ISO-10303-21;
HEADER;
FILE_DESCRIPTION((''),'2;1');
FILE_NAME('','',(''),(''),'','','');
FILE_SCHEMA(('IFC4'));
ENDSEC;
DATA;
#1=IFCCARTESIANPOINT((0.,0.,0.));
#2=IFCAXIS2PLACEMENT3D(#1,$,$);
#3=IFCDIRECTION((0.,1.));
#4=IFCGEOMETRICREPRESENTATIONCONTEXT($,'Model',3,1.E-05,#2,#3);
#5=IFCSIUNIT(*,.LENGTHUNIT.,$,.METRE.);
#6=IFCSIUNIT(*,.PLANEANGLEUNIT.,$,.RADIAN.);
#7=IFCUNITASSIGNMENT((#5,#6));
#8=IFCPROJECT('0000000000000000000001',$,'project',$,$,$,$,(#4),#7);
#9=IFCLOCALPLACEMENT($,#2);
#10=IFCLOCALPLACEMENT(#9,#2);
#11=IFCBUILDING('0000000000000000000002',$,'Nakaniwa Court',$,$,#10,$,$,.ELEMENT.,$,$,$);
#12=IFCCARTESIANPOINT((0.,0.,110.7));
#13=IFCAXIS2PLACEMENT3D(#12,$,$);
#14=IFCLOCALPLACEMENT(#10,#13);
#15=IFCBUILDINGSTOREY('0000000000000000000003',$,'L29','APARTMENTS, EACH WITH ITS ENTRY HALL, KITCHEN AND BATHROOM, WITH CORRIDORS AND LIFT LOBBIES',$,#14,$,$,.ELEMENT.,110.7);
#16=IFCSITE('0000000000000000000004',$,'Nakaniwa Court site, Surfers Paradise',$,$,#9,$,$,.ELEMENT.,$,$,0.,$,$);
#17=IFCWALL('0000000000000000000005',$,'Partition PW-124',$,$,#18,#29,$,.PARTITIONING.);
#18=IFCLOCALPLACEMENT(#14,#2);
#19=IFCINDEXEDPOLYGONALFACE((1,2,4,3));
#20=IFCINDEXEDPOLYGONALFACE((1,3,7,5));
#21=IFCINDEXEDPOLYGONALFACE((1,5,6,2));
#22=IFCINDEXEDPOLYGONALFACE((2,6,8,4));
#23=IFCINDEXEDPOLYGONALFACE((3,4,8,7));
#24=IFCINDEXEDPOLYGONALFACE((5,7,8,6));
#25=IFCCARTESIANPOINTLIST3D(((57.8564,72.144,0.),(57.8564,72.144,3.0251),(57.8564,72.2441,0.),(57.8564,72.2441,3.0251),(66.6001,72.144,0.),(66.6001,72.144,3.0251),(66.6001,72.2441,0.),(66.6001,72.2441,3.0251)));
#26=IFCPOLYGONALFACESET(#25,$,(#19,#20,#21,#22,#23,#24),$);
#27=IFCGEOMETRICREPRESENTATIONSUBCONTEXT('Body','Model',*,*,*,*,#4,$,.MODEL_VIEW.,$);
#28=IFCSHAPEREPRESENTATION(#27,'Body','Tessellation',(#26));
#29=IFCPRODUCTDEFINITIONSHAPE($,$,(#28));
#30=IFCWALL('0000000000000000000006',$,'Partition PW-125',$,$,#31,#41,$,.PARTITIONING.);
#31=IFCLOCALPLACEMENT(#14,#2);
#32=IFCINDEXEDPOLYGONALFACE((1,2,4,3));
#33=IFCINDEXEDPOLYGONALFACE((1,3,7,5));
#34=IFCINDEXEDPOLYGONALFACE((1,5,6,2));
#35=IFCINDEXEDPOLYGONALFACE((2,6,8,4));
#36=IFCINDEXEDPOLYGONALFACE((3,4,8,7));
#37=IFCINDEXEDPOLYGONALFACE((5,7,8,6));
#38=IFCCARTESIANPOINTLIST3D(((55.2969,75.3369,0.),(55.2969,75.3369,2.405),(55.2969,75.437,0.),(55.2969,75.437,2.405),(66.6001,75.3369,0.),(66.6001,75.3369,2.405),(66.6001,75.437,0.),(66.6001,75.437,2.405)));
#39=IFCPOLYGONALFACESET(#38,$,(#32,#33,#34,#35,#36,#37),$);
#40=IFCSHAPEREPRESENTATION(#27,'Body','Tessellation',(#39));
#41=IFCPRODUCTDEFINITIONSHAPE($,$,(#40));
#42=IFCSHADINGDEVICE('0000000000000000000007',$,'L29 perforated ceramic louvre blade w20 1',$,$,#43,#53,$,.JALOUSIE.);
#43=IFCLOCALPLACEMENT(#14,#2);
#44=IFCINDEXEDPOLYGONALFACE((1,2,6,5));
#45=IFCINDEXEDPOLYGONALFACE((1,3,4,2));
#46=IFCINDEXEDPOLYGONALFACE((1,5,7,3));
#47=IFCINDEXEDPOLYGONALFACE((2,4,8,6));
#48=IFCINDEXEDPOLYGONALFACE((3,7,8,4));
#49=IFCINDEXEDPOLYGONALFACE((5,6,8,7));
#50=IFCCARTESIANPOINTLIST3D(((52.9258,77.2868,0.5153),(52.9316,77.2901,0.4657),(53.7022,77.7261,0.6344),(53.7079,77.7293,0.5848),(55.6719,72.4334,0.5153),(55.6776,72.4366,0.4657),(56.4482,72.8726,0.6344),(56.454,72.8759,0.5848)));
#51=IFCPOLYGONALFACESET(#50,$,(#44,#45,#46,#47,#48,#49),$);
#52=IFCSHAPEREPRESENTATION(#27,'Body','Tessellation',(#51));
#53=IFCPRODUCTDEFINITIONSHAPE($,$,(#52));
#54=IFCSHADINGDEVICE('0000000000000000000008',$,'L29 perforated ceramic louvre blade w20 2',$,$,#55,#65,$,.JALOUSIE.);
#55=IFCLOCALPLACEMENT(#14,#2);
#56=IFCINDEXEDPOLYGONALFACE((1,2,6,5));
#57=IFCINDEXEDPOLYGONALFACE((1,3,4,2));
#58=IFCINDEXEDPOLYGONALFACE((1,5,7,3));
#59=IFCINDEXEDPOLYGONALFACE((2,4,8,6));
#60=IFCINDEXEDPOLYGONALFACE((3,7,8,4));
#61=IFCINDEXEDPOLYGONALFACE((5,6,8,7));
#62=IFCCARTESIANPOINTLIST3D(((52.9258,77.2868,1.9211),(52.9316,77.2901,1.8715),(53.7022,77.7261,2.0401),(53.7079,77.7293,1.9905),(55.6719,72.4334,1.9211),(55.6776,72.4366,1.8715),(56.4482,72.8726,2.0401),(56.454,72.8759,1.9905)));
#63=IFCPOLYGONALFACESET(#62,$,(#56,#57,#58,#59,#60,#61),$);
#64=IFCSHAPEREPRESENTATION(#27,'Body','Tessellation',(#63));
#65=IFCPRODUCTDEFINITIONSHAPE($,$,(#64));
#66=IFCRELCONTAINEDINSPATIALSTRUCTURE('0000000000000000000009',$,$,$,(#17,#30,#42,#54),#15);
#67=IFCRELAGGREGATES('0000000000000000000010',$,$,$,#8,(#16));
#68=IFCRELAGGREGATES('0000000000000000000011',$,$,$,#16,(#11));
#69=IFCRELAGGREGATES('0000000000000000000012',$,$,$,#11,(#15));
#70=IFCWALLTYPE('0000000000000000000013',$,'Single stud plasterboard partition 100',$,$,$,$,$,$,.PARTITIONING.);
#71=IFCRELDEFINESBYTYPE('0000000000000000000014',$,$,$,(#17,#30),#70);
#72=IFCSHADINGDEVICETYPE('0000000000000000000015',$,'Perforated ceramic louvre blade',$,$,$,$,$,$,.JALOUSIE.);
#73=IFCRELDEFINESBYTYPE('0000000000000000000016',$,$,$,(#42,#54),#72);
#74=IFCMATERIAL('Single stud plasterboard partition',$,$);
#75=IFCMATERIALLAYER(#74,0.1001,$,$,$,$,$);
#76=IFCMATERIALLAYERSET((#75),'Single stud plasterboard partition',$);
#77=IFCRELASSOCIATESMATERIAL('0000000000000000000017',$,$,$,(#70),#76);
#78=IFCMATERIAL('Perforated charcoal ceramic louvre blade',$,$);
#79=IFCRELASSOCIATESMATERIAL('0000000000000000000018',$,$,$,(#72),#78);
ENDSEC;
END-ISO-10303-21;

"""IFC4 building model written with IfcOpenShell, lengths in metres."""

from ifc_helpers import new_model, si_unit, direction, frame, frame_2d, origin, origin_2d, place, context, subcontext, project, spatial, rectangle, extrude, material, layer, layer_set, material_profile, profile_set, type_object, element, save


model = new_model("IFC4")

# Units and contexts
model_context = context("Model", 3, precision=1e-05, world=origin(), true_north=direction((0.0, 1.0)))
body_context = subcontext(model_context, "Body", "Model", "MODEL_VIEW")
ifc_project = project(units=[si_unit("LENGTHUNIT", "METRE"), si_unit("PLANEANGLEUNIT", "RADIAN")], contexts=[model_context])

# Site, building, storey
site_placement = place(None, origin())
site = spatial("IfcSite", under=ifc_project, at=site_placement, Name="Nakaniwa Court site, Surfers Paradise", CompositionType="ELEMENT", RefElevation=0.0)
building_placement = place(site_placement, origin())
building = spatial("IfcBuilding", under=site, at=building_placement, Name="Nakaniwa Court", CompositionType="ELEMENT")
storey_placement = place(building_placement, frame((0.0, 0.0, 110.7)))
storey = spatial("IfcBuildingStorey", under=building, at=storey_placement, Name="L29", Description="APARTMENTS, EACH WITH ITS ENTRY HALL, KITCHEN AND BATHROOM, WITH CORRIDORS AND LIFT LOBBIES", CompositionType="ELEMENT", Elevation=110.7)

# Walls
ifc_material_1 = material(Name="Single stud plasterboard partition")
ifc_layer_1 = layer(ifc_material_1, 0.1001)
ifc_layer_set_1 = layer_set([ifc_layer_1], Name="Single stud plasterboard partition")
wall_type_1 = type_object("IfcWallType", Name="Single stud plasterboard partition 100", PredefinedType="PARTITIONING", material=ifc_layer_set_1)
wall_1_placement = place(storey_placement, frame((57.8564, 72.1941, 0.0), z_axis=(0.0, 0.0, 1.0), x_axis=(1.0, 0.0, 0.0)))
element("IfcWall", 1, at=wall_1_placement, inside=storey, type_object=wall_type_1, Name="Partition PW-124", PredefinedType="PARTITIONING", context=body_context, shape_type="SweptSolid", body=[
    extrude(rectangle(XDim=8.7437, YDim=0.1001, at=frame_2d((4.3718, 0.0))), origin(), (0.0, 0.0, 1.0), 3.0251),
])
wall_2_placement = place(storey_placement, frame((55.2969, 75.387, 0.0), z_axis=(0.0, 0.0, 1.0), x_axis=(1.0, 0.0, 0.0)))
element("IfcWall", 2, at=wall_2_placement, inside=storey, type_object=wall_type_1, Name="Partition PW-125", PredefinedType="PARTITIONING", context=body_context, shape_type="SweptSolid", body=[
    extrude(rectangle(XDim=11.3032, YDim=0.1001, at=frame_2d((5.6516, 0.0))), origin(), (0.0, 0.0, 1.0), 2.405),
])

# Shading devices
ifc_material_2 = material(Name="Perforated charcoal ceramic louvre blade")
ifc_material_profile_1 = material_profile(ifc_material_2, rectangle(XDim=0.8999, YDim=0.05, at=origin_2d()), Name="Perforated ceramic louvre blade")
ifc_profile_set_1 = profile_set([ifc_material_profile_1], Name="Perforated charcoal ceramic louvre blade")
shading_device_type = type_object("IfcShadingDeviceType", Name="Perforated ceramic louvre blade", PredefinedType="JALOUSIE", material=ifc_profile_set_1)
for number, where, z_axis, x_axis, name in (
    (3, (53.3169, 77.5081, 0.55), (0.492438, -0.870347, 0.0), (0.862702, 0.488112, 0.132256), "L29 perforated ceramic louvre blade w20 1"),
    (4, (53.3169, 77.5081, 1.9558), (0.492438, -0.870347, 0.0), (0.862702, 0.488112, 0.132256), "L29 perforated ceramic louvre blade w20 2"),
):
    element("IfcShadingDevice", number, at=place(storey_placement, frame(where, z_axis=z_axis, x_axis=x_axis)), inside=storey, type_object=shading_device_type, Name=name, PredefinedType="JALOUSIE", context=body_context, shape_type="SweptSolid", body=[
        extrude(rectangle(XDim=0.8999, YDim=0.05, at=origin_2d()), origin(), (0.0, 0.0, 1.0), 5.5764),
    ])

save(model, "model.ifc")
